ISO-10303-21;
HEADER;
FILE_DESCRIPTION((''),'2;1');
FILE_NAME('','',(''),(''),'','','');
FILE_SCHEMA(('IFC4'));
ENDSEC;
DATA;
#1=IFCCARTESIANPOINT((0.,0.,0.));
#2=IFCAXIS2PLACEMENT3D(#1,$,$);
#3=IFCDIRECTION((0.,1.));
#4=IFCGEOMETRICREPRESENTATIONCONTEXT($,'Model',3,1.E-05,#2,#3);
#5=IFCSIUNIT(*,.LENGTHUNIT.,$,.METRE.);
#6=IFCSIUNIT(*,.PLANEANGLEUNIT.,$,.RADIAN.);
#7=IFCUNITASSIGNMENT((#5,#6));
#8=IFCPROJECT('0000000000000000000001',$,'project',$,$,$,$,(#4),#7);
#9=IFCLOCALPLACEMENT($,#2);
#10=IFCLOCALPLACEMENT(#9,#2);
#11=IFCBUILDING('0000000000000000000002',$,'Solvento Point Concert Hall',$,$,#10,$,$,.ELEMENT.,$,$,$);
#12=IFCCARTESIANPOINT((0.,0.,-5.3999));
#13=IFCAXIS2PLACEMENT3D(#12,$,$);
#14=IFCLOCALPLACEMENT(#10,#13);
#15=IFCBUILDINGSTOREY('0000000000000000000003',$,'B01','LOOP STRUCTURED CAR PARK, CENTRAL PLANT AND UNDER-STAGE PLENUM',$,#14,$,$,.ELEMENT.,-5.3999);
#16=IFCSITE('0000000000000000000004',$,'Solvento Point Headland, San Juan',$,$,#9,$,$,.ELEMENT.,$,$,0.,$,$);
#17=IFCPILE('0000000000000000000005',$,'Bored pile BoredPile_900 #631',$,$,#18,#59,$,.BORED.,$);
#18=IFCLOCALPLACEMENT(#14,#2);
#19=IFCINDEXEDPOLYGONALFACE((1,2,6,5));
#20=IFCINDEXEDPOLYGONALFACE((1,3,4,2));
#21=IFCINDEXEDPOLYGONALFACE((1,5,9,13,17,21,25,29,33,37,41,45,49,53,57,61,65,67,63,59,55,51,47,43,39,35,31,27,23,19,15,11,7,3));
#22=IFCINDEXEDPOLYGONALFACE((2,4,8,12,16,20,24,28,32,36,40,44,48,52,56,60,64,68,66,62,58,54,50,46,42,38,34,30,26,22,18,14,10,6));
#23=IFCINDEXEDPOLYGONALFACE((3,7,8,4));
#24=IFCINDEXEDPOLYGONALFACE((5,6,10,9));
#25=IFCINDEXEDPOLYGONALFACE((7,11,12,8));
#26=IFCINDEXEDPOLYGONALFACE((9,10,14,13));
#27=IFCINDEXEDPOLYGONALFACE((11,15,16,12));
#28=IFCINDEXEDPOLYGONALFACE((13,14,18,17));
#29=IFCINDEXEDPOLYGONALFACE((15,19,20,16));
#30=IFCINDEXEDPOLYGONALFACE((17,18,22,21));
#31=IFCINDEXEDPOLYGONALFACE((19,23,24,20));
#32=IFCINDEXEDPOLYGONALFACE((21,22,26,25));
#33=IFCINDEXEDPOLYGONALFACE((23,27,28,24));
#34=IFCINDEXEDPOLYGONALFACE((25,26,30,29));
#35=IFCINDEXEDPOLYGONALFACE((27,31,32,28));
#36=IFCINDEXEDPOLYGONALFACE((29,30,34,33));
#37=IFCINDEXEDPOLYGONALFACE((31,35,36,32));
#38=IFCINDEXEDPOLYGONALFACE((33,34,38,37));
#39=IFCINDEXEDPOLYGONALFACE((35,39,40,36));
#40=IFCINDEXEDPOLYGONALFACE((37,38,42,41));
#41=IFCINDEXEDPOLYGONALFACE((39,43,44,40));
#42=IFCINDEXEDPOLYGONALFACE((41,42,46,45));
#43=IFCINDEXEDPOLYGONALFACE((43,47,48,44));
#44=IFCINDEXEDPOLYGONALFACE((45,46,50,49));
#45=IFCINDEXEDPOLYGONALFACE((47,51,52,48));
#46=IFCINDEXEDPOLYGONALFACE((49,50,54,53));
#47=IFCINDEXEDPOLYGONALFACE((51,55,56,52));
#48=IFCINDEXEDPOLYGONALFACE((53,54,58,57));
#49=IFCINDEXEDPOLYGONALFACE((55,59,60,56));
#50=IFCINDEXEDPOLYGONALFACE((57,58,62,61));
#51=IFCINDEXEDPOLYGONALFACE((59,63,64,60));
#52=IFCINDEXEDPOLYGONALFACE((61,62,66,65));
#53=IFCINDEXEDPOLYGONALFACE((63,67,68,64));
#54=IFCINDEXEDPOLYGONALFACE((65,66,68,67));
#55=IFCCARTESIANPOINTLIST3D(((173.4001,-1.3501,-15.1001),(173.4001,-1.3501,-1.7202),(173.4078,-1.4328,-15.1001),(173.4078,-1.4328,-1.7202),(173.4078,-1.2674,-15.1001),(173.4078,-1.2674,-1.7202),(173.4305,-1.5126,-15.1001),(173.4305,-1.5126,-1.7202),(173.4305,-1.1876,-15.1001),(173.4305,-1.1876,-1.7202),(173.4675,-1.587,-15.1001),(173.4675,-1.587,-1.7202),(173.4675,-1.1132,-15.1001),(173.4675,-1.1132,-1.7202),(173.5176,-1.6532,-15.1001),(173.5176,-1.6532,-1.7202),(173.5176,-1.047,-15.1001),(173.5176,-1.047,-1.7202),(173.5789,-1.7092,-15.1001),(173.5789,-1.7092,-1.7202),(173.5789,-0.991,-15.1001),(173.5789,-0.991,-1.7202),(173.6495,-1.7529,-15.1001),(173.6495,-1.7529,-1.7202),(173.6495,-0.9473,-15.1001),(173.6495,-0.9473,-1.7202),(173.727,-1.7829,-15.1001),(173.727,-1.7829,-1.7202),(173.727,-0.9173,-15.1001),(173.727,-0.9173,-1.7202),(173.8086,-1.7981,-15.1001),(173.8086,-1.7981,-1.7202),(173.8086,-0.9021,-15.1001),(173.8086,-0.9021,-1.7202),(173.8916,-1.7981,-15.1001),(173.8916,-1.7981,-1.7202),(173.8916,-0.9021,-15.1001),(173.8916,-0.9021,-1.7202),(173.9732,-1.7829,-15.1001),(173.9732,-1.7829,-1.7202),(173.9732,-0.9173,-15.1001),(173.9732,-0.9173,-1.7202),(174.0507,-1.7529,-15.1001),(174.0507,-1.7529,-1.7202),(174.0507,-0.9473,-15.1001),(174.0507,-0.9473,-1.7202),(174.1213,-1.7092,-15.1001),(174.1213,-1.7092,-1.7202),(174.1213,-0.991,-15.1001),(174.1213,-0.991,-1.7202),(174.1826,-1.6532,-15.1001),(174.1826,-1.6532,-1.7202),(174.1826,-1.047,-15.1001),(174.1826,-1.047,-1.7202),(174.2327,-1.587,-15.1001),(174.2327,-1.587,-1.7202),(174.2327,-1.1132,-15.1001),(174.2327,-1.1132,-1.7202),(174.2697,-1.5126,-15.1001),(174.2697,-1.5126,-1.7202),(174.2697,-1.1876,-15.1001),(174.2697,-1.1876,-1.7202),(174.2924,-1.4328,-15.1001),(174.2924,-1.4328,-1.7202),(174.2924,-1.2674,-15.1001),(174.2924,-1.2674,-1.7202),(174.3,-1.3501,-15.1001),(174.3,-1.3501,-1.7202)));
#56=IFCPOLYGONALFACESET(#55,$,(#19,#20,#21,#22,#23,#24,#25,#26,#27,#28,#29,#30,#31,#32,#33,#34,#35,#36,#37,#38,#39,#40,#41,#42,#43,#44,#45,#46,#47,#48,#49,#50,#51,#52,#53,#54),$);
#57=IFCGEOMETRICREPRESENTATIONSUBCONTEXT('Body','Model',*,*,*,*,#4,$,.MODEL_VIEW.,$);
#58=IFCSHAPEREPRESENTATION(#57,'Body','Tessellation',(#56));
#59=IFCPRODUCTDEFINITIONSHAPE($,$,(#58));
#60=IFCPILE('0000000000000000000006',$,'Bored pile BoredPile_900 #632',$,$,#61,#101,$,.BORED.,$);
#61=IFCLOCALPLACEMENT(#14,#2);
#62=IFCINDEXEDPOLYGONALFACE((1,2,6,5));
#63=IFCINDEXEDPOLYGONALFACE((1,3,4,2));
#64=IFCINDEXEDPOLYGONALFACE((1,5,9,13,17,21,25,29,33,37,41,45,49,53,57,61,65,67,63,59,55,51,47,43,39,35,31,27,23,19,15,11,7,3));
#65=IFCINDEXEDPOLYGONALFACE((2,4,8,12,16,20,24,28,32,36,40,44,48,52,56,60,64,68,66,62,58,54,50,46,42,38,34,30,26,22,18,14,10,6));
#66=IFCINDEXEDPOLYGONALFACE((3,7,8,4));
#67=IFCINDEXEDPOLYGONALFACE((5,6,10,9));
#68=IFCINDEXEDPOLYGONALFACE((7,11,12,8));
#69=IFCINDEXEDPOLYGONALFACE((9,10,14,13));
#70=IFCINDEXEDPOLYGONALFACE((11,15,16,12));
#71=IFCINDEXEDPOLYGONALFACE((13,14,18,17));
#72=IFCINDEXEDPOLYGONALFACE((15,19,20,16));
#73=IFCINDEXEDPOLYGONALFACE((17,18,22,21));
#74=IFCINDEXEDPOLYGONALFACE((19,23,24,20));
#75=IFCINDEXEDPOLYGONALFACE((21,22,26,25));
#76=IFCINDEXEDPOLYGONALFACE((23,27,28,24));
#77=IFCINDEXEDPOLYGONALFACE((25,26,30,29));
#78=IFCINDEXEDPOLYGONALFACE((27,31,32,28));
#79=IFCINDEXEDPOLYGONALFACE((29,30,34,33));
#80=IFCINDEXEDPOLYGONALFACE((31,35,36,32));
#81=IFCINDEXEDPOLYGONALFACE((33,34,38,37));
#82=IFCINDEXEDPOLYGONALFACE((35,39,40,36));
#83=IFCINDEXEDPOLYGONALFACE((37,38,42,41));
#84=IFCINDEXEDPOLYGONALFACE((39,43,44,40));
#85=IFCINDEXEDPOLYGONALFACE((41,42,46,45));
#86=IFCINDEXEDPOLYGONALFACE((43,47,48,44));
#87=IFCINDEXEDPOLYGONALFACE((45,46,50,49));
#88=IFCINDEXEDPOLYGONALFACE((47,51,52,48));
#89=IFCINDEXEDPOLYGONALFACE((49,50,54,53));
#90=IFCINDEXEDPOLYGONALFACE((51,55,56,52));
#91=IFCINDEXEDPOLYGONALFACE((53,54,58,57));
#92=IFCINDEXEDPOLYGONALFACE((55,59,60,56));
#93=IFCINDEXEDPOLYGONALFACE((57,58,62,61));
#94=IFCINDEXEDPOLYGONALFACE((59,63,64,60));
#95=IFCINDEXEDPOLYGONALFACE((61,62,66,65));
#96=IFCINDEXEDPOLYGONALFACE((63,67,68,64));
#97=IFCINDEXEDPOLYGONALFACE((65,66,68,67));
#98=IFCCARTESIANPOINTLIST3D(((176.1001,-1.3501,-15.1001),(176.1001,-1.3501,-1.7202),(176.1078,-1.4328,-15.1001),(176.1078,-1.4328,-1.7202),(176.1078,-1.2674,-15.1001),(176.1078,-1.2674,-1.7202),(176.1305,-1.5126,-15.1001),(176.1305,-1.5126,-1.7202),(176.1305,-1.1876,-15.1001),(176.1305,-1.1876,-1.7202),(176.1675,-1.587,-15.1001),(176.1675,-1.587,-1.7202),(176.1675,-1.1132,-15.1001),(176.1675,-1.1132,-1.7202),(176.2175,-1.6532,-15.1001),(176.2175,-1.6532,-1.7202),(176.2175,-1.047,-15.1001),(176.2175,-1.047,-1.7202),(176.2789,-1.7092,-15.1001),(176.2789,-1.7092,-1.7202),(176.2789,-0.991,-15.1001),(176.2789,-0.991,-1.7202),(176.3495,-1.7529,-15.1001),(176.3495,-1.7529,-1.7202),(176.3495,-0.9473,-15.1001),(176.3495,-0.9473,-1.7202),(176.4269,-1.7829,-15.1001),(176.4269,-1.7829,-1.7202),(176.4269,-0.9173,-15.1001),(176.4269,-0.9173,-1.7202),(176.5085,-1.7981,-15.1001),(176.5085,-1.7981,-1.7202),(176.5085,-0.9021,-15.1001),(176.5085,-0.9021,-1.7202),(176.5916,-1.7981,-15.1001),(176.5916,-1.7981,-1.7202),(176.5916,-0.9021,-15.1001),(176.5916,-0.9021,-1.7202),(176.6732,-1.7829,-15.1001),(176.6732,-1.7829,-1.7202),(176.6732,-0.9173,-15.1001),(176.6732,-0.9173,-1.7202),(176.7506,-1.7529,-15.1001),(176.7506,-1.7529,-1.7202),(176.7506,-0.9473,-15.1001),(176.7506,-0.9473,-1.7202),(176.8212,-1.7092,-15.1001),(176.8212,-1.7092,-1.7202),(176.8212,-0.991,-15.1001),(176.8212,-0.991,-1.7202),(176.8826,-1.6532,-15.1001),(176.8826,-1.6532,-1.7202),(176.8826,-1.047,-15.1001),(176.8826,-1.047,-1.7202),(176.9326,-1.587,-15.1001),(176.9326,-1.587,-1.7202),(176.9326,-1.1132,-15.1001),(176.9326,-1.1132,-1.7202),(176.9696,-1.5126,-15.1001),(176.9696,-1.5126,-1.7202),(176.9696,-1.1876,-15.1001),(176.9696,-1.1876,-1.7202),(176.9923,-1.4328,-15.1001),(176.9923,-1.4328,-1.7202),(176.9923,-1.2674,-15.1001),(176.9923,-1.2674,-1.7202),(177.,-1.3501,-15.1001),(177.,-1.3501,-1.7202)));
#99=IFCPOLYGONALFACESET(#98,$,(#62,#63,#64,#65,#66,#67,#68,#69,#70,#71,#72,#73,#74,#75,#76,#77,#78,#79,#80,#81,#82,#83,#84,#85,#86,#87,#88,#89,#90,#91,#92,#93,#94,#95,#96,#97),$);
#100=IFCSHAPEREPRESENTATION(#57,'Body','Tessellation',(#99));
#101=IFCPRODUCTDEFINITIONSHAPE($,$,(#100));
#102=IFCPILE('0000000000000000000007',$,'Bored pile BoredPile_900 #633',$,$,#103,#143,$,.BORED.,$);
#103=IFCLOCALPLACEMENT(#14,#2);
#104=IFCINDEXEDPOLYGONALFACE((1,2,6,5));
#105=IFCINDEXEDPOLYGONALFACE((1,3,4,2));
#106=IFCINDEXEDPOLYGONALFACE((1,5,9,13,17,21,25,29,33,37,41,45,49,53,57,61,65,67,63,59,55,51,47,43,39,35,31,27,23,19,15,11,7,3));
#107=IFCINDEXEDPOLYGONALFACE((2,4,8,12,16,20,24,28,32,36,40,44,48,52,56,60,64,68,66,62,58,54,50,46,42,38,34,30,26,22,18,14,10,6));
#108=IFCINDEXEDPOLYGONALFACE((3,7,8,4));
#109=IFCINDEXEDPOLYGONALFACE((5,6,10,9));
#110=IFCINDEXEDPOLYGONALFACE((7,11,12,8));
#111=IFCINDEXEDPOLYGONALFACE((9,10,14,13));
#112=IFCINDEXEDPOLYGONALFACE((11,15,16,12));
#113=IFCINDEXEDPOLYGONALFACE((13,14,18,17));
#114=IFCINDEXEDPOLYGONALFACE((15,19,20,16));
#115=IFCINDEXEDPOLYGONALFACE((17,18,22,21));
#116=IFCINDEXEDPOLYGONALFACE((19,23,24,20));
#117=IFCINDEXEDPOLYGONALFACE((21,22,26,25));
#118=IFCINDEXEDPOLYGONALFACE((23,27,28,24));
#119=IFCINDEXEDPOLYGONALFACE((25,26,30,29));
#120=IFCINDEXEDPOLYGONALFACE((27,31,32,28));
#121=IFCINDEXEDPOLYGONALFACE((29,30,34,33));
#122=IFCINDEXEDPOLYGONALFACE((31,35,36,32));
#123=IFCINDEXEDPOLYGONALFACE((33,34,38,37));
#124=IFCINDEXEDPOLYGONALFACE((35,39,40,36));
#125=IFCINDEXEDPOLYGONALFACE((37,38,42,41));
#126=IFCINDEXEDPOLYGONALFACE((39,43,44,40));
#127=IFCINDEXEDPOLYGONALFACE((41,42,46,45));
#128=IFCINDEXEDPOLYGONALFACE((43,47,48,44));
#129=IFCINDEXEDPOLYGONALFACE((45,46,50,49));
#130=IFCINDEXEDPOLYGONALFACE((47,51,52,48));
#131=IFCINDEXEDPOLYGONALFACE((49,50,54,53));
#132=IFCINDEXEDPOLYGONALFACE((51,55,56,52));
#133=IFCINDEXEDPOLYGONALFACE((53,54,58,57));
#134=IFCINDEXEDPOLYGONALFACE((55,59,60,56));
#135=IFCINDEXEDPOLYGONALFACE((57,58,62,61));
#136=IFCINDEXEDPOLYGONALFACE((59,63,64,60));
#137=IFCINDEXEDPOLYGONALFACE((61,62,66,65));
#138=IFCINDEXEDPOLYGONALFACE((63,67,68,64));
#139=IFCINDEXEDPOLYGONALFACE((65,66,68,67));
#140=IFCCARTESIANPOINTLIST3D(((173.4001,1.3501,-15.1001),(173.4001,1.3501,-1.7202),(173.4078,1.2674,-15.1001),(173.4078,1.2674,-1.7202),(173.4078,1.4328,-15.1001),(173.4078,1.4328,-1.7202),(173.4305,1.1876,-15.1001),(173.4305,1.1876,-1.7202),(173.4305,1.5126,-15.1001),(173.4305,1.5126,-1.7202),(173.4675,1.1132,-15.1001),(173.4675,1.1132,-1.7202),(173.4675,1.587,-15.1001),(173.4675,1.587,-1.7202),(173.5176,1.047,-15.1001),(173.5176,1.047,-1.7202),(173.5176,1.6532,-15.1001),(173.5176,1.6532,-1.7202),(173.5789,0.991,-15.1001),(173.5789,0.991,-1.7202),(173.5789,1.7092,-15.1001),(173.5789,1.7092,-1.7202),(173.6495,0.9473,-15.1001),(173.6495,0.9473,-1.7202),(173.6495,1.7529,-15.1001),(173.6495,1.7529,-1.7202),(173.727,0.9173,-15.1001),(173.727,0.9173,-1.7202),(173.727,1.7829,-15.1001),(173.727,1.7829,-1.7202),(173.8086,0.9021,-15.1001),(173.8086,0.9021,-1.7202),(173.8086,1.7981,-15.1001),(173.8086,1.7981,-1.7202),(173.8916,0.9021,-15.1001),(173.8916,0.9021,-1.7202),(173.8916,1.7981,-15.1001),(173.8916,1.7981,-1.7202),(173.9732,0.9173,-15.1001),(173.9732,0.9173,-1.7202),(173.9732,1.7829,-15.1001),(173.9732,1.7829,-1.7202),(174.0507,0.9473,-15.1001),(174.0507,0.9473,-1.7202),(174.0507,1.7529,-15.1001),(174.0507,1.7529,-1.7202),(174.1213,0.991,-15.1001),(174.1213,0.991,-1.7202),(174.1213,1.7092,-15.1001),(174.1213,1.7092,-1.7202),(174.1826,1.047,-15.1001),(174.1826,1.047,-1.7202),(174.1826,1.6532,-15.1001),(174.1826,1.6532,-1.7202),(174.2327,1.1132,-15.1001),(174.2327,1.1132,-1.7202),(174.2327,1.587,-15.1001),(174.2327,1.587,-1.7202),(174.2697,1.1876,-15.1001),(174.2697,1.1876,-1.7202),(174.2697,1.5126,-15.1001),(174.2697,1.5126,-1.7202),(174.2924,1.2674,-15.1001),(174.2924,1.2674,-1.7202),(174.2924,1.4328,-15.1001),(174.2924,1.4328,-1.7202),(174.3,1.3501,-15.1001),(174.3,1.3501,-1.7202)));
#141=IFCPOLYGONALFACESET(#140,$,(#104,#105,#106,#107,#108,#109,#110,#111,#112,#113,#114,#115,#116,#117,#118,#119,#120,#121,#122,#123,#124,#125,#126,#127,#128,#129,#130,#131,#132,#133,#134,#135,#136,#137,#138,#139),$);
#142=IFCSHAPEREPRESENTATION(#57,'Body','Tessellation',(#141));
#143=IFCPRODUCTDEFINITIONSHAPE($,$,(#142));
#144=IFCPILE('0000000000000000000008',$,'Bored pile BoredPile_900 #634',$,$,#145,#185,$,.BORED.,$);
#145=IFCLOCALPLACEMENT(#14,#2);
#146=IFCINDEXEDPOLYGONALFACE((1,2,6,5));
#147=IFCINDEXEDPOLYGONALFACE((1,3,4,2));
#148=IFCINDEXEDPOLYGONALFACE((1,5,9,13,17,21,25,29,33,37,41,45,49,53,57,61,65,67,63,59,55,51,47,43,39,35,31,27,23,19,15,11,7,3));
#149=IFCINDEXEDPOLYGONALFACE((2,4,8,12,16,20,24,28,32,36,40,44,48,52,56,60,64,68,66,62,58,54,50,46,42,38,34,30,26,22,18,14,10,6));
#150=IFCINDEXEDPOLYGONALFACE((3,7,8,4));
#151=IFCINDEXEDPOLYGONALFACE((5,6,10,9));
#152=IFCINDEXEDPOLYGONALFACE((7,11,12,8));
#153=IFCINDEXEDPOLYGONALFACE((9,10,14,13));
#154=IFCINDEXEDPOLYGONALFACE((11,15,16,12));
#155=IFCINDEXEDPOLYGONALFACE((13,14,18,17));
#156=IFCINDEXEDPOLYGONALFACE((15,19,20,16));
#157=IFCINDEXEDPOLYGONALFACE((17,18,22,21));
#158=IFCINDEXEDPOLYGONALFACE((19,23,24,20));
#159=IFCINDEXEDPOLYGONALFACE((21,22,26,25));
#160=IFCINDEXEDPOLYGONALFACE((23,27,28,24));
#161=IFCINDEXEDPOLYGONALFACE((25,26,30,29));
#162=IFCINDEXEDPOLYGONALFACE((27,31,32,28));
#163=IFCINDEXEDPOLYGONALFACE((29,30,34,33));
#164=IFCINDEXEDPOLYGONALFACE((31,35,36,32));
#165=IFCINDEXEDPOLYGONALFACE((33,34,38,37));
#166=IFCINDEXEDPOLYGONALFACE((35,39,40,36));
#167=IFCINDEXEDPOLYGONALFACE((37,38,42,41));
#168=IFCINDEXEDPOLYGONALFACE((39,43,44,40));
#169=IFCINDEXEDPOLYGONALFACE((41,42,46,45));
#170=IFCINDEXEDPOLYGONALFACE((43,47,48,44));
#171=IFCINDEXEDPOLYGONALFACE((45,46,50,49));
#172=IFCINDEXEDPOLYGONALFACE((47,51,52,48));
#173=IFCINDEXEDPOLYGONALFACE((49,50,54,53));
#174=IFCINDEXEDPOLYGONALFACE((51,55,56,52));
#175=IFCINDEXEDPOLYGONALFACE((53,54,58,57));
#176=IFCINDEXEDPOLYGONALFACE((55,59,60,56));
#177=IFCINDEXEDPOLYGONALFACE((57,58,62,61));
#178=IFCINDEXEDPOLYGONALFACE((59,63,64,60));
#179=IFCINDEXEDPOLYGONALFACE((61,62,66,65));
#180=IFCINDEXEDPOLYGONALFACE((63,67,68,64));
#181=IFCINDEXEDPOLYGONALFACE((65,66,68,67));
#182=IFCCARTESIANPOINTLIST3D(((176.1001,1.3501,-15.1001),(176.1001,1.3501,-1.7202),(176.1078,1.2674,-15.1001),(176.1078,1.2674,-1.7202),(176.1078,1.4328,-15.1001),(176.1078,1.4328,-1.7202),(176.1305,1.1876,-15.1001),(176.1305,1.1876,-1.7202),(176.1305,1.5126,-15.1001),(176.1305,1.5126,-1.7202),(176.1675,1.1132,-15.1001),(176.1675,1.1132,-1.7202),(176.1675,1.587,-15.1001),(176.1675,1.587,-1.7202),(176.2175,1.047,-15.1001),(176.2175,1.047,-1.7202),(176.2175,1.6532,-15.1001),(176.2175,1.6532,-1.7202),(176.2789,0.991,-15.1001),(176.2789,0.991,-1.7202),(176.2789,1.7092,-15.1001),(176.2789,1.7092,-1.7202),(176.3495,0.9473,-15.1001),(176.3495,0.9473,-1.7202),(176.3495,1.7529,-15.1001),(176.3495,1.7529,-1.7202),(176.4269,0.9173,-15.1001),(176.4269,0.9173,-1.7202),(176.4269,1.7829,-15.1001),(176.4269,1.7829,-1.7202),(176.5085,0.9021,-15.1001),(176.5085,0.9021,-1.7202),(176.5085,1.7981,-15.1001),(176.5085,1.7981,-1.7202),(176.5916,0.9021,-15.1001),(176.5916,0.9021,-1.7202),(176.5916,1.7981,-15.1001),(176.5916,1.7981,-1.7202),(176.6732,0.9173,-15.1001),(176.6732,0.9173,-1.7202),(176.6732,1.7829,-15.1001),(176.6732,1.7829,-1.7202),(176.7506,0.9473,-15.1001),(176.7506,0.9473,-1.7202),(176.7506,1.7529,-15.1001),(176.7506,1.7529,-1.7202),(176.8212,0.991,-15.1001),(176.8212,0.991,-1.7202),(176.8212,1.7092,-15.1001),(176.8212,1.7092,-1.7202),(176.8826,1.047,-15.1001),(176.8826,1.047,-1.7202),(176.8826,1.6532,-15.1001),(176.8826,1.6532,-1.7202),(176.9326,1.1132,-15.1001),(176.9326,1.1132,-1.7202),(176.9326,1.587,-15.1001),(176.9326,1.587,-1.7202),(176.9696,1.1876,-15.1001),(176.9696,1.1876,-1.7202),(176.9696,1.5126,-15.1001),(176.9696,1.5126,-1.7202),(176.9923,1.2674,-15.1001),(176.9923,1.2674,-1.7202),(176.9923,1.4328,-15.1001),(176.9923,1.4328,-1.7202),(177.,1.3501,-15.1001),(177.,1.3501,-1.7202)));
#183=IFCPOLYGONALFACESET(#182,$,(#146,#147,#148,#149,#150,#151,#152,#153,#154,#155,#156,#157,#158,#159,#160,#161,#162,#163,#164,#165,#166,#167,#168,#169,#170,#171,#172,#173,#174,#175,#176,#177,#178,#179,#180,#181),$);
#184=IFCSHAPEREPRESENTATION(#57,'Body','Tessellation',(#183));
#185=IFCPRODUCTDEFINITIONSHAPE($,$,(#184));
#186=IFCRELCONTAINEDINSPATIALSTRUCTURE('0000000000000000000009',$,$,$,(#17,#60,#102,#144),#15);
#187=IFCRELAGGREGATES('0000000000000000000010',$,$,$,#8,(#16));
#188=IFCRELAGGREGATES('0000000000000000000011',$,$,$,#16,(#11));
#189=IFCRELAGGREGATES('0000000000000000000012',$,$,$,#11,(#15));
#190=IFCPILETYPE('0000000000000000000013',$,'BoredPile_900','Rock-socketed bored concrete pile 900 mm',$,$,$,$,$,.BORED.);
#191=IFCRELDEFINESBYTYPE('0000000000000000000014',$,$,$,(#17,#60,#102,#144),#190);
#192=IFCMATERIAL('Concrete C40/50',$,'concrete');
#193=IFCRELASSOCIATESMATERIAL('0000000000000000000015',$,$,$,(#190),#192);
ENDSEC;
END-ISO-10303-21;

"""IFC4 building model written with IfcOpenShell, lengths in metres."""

from ifc_helpers import new_model, si_unit, direction, frame, origin, origin_2d, place, context, subcontext, project, spatial, circle, extrude, material, material_profile, profile_set, type_object, element, save


model = new_model("IFC4")

# Units and contexts
model_context = context("Model", 3, precision=1e-05, world=origin(), true_north=direction((0.0, 1.0)))
body_context = subcontext(model_context, "Body", "Model", "MODEL_VIEW")
ifc_project = project(units=[si_unit("LENGTHUNIT", "METRE"), si_unit("PLANEANGLEUNIT", "RADIAN")], contexts=[model_context])

# Site, building, storey
site_placement = place(None, origin())
site = spatial("IfcSite", under=ifc_project, at=site_placement, Name="Solvento Point Headland, San Juan", CompositionType="ELEMENT", RefElevation=0.0)
building_placement = place(site_placement, origin())
building = spatial("IfcBuilding", under=site, at=building_placement, Name="Solvento Point Concert Hall", CompositionType="ELEMENT")
storey_placement = place(building_placement, frame((0.0, 0.0, -5.3999)))
storey = spatial("IfcBuildingStorey", under=building, at=storey_placement, Name="B01", Description="LOOP STRUCTURED CAR PARK, CENTRAL PLANT AND UNDER-STAGE PLENUM", CompositionType="ELEMENT", Elevation=-5.3999)

# Piles
ifc_material_1 = material(Name="Concrete C40/50", Category="concrete")
ifc_material_profile_1 = material_profile(ifc_material_1, circle(Radius=0.45, at=origin_2d()), Name="BP-900")
ifc_profile_set_1 = profile_set([ifc_material_profile_1], Name="Concrete C40/50")
pile_type_1 = type_object("IfcPileType", Name="BoredPile_900", Description="Rock-socketed bored concrete pile 900 mm", PredefinedType="BORED", material=ifc_profile_set_1)
for number, where, z_axis, x_axis, name in (
    (1, (173.8501, -1.3501, -1.7202), (0.0, 0.0, -1.0), (1.0, 0.0, 0.0), "Bored pile BoredPile_900 #631"),
    (2, (176.55, -1.3501, -1.7202), (0.0, 0.0, -1.0), (1.0, 0.0, 0.0), "Bored pile BoredPile_900 #632"),
    (3, (173.8501, 1.3501, -1.7202), (0.0, 0.0, -1.0), (1.0, 0.0, 0.0), "Bored pile BoredPile_900 #633"),
    (4, (176.55, 1.3501, -1.7202), (0.0, 0.0, -1.0), (1.0, 0.0, 0.0), "Bored pile BoredPile_900 #634"),
):
    element("IfcPile", number, at=place(storey_placement, frame(where, z_axis=z_axis, x_axis=x_axis)), inside=storey, type_object=pile_type_1, Name=name, PredefinedType="BORED", context=body_context, shape_type="SweptSolid", body=[
        extrude(circle(Radius=0.45, at=origin_2d()), origin(), (0.0, 0.0, 1.0), 13.3799),
    ])

save(model, "model.ifc")
